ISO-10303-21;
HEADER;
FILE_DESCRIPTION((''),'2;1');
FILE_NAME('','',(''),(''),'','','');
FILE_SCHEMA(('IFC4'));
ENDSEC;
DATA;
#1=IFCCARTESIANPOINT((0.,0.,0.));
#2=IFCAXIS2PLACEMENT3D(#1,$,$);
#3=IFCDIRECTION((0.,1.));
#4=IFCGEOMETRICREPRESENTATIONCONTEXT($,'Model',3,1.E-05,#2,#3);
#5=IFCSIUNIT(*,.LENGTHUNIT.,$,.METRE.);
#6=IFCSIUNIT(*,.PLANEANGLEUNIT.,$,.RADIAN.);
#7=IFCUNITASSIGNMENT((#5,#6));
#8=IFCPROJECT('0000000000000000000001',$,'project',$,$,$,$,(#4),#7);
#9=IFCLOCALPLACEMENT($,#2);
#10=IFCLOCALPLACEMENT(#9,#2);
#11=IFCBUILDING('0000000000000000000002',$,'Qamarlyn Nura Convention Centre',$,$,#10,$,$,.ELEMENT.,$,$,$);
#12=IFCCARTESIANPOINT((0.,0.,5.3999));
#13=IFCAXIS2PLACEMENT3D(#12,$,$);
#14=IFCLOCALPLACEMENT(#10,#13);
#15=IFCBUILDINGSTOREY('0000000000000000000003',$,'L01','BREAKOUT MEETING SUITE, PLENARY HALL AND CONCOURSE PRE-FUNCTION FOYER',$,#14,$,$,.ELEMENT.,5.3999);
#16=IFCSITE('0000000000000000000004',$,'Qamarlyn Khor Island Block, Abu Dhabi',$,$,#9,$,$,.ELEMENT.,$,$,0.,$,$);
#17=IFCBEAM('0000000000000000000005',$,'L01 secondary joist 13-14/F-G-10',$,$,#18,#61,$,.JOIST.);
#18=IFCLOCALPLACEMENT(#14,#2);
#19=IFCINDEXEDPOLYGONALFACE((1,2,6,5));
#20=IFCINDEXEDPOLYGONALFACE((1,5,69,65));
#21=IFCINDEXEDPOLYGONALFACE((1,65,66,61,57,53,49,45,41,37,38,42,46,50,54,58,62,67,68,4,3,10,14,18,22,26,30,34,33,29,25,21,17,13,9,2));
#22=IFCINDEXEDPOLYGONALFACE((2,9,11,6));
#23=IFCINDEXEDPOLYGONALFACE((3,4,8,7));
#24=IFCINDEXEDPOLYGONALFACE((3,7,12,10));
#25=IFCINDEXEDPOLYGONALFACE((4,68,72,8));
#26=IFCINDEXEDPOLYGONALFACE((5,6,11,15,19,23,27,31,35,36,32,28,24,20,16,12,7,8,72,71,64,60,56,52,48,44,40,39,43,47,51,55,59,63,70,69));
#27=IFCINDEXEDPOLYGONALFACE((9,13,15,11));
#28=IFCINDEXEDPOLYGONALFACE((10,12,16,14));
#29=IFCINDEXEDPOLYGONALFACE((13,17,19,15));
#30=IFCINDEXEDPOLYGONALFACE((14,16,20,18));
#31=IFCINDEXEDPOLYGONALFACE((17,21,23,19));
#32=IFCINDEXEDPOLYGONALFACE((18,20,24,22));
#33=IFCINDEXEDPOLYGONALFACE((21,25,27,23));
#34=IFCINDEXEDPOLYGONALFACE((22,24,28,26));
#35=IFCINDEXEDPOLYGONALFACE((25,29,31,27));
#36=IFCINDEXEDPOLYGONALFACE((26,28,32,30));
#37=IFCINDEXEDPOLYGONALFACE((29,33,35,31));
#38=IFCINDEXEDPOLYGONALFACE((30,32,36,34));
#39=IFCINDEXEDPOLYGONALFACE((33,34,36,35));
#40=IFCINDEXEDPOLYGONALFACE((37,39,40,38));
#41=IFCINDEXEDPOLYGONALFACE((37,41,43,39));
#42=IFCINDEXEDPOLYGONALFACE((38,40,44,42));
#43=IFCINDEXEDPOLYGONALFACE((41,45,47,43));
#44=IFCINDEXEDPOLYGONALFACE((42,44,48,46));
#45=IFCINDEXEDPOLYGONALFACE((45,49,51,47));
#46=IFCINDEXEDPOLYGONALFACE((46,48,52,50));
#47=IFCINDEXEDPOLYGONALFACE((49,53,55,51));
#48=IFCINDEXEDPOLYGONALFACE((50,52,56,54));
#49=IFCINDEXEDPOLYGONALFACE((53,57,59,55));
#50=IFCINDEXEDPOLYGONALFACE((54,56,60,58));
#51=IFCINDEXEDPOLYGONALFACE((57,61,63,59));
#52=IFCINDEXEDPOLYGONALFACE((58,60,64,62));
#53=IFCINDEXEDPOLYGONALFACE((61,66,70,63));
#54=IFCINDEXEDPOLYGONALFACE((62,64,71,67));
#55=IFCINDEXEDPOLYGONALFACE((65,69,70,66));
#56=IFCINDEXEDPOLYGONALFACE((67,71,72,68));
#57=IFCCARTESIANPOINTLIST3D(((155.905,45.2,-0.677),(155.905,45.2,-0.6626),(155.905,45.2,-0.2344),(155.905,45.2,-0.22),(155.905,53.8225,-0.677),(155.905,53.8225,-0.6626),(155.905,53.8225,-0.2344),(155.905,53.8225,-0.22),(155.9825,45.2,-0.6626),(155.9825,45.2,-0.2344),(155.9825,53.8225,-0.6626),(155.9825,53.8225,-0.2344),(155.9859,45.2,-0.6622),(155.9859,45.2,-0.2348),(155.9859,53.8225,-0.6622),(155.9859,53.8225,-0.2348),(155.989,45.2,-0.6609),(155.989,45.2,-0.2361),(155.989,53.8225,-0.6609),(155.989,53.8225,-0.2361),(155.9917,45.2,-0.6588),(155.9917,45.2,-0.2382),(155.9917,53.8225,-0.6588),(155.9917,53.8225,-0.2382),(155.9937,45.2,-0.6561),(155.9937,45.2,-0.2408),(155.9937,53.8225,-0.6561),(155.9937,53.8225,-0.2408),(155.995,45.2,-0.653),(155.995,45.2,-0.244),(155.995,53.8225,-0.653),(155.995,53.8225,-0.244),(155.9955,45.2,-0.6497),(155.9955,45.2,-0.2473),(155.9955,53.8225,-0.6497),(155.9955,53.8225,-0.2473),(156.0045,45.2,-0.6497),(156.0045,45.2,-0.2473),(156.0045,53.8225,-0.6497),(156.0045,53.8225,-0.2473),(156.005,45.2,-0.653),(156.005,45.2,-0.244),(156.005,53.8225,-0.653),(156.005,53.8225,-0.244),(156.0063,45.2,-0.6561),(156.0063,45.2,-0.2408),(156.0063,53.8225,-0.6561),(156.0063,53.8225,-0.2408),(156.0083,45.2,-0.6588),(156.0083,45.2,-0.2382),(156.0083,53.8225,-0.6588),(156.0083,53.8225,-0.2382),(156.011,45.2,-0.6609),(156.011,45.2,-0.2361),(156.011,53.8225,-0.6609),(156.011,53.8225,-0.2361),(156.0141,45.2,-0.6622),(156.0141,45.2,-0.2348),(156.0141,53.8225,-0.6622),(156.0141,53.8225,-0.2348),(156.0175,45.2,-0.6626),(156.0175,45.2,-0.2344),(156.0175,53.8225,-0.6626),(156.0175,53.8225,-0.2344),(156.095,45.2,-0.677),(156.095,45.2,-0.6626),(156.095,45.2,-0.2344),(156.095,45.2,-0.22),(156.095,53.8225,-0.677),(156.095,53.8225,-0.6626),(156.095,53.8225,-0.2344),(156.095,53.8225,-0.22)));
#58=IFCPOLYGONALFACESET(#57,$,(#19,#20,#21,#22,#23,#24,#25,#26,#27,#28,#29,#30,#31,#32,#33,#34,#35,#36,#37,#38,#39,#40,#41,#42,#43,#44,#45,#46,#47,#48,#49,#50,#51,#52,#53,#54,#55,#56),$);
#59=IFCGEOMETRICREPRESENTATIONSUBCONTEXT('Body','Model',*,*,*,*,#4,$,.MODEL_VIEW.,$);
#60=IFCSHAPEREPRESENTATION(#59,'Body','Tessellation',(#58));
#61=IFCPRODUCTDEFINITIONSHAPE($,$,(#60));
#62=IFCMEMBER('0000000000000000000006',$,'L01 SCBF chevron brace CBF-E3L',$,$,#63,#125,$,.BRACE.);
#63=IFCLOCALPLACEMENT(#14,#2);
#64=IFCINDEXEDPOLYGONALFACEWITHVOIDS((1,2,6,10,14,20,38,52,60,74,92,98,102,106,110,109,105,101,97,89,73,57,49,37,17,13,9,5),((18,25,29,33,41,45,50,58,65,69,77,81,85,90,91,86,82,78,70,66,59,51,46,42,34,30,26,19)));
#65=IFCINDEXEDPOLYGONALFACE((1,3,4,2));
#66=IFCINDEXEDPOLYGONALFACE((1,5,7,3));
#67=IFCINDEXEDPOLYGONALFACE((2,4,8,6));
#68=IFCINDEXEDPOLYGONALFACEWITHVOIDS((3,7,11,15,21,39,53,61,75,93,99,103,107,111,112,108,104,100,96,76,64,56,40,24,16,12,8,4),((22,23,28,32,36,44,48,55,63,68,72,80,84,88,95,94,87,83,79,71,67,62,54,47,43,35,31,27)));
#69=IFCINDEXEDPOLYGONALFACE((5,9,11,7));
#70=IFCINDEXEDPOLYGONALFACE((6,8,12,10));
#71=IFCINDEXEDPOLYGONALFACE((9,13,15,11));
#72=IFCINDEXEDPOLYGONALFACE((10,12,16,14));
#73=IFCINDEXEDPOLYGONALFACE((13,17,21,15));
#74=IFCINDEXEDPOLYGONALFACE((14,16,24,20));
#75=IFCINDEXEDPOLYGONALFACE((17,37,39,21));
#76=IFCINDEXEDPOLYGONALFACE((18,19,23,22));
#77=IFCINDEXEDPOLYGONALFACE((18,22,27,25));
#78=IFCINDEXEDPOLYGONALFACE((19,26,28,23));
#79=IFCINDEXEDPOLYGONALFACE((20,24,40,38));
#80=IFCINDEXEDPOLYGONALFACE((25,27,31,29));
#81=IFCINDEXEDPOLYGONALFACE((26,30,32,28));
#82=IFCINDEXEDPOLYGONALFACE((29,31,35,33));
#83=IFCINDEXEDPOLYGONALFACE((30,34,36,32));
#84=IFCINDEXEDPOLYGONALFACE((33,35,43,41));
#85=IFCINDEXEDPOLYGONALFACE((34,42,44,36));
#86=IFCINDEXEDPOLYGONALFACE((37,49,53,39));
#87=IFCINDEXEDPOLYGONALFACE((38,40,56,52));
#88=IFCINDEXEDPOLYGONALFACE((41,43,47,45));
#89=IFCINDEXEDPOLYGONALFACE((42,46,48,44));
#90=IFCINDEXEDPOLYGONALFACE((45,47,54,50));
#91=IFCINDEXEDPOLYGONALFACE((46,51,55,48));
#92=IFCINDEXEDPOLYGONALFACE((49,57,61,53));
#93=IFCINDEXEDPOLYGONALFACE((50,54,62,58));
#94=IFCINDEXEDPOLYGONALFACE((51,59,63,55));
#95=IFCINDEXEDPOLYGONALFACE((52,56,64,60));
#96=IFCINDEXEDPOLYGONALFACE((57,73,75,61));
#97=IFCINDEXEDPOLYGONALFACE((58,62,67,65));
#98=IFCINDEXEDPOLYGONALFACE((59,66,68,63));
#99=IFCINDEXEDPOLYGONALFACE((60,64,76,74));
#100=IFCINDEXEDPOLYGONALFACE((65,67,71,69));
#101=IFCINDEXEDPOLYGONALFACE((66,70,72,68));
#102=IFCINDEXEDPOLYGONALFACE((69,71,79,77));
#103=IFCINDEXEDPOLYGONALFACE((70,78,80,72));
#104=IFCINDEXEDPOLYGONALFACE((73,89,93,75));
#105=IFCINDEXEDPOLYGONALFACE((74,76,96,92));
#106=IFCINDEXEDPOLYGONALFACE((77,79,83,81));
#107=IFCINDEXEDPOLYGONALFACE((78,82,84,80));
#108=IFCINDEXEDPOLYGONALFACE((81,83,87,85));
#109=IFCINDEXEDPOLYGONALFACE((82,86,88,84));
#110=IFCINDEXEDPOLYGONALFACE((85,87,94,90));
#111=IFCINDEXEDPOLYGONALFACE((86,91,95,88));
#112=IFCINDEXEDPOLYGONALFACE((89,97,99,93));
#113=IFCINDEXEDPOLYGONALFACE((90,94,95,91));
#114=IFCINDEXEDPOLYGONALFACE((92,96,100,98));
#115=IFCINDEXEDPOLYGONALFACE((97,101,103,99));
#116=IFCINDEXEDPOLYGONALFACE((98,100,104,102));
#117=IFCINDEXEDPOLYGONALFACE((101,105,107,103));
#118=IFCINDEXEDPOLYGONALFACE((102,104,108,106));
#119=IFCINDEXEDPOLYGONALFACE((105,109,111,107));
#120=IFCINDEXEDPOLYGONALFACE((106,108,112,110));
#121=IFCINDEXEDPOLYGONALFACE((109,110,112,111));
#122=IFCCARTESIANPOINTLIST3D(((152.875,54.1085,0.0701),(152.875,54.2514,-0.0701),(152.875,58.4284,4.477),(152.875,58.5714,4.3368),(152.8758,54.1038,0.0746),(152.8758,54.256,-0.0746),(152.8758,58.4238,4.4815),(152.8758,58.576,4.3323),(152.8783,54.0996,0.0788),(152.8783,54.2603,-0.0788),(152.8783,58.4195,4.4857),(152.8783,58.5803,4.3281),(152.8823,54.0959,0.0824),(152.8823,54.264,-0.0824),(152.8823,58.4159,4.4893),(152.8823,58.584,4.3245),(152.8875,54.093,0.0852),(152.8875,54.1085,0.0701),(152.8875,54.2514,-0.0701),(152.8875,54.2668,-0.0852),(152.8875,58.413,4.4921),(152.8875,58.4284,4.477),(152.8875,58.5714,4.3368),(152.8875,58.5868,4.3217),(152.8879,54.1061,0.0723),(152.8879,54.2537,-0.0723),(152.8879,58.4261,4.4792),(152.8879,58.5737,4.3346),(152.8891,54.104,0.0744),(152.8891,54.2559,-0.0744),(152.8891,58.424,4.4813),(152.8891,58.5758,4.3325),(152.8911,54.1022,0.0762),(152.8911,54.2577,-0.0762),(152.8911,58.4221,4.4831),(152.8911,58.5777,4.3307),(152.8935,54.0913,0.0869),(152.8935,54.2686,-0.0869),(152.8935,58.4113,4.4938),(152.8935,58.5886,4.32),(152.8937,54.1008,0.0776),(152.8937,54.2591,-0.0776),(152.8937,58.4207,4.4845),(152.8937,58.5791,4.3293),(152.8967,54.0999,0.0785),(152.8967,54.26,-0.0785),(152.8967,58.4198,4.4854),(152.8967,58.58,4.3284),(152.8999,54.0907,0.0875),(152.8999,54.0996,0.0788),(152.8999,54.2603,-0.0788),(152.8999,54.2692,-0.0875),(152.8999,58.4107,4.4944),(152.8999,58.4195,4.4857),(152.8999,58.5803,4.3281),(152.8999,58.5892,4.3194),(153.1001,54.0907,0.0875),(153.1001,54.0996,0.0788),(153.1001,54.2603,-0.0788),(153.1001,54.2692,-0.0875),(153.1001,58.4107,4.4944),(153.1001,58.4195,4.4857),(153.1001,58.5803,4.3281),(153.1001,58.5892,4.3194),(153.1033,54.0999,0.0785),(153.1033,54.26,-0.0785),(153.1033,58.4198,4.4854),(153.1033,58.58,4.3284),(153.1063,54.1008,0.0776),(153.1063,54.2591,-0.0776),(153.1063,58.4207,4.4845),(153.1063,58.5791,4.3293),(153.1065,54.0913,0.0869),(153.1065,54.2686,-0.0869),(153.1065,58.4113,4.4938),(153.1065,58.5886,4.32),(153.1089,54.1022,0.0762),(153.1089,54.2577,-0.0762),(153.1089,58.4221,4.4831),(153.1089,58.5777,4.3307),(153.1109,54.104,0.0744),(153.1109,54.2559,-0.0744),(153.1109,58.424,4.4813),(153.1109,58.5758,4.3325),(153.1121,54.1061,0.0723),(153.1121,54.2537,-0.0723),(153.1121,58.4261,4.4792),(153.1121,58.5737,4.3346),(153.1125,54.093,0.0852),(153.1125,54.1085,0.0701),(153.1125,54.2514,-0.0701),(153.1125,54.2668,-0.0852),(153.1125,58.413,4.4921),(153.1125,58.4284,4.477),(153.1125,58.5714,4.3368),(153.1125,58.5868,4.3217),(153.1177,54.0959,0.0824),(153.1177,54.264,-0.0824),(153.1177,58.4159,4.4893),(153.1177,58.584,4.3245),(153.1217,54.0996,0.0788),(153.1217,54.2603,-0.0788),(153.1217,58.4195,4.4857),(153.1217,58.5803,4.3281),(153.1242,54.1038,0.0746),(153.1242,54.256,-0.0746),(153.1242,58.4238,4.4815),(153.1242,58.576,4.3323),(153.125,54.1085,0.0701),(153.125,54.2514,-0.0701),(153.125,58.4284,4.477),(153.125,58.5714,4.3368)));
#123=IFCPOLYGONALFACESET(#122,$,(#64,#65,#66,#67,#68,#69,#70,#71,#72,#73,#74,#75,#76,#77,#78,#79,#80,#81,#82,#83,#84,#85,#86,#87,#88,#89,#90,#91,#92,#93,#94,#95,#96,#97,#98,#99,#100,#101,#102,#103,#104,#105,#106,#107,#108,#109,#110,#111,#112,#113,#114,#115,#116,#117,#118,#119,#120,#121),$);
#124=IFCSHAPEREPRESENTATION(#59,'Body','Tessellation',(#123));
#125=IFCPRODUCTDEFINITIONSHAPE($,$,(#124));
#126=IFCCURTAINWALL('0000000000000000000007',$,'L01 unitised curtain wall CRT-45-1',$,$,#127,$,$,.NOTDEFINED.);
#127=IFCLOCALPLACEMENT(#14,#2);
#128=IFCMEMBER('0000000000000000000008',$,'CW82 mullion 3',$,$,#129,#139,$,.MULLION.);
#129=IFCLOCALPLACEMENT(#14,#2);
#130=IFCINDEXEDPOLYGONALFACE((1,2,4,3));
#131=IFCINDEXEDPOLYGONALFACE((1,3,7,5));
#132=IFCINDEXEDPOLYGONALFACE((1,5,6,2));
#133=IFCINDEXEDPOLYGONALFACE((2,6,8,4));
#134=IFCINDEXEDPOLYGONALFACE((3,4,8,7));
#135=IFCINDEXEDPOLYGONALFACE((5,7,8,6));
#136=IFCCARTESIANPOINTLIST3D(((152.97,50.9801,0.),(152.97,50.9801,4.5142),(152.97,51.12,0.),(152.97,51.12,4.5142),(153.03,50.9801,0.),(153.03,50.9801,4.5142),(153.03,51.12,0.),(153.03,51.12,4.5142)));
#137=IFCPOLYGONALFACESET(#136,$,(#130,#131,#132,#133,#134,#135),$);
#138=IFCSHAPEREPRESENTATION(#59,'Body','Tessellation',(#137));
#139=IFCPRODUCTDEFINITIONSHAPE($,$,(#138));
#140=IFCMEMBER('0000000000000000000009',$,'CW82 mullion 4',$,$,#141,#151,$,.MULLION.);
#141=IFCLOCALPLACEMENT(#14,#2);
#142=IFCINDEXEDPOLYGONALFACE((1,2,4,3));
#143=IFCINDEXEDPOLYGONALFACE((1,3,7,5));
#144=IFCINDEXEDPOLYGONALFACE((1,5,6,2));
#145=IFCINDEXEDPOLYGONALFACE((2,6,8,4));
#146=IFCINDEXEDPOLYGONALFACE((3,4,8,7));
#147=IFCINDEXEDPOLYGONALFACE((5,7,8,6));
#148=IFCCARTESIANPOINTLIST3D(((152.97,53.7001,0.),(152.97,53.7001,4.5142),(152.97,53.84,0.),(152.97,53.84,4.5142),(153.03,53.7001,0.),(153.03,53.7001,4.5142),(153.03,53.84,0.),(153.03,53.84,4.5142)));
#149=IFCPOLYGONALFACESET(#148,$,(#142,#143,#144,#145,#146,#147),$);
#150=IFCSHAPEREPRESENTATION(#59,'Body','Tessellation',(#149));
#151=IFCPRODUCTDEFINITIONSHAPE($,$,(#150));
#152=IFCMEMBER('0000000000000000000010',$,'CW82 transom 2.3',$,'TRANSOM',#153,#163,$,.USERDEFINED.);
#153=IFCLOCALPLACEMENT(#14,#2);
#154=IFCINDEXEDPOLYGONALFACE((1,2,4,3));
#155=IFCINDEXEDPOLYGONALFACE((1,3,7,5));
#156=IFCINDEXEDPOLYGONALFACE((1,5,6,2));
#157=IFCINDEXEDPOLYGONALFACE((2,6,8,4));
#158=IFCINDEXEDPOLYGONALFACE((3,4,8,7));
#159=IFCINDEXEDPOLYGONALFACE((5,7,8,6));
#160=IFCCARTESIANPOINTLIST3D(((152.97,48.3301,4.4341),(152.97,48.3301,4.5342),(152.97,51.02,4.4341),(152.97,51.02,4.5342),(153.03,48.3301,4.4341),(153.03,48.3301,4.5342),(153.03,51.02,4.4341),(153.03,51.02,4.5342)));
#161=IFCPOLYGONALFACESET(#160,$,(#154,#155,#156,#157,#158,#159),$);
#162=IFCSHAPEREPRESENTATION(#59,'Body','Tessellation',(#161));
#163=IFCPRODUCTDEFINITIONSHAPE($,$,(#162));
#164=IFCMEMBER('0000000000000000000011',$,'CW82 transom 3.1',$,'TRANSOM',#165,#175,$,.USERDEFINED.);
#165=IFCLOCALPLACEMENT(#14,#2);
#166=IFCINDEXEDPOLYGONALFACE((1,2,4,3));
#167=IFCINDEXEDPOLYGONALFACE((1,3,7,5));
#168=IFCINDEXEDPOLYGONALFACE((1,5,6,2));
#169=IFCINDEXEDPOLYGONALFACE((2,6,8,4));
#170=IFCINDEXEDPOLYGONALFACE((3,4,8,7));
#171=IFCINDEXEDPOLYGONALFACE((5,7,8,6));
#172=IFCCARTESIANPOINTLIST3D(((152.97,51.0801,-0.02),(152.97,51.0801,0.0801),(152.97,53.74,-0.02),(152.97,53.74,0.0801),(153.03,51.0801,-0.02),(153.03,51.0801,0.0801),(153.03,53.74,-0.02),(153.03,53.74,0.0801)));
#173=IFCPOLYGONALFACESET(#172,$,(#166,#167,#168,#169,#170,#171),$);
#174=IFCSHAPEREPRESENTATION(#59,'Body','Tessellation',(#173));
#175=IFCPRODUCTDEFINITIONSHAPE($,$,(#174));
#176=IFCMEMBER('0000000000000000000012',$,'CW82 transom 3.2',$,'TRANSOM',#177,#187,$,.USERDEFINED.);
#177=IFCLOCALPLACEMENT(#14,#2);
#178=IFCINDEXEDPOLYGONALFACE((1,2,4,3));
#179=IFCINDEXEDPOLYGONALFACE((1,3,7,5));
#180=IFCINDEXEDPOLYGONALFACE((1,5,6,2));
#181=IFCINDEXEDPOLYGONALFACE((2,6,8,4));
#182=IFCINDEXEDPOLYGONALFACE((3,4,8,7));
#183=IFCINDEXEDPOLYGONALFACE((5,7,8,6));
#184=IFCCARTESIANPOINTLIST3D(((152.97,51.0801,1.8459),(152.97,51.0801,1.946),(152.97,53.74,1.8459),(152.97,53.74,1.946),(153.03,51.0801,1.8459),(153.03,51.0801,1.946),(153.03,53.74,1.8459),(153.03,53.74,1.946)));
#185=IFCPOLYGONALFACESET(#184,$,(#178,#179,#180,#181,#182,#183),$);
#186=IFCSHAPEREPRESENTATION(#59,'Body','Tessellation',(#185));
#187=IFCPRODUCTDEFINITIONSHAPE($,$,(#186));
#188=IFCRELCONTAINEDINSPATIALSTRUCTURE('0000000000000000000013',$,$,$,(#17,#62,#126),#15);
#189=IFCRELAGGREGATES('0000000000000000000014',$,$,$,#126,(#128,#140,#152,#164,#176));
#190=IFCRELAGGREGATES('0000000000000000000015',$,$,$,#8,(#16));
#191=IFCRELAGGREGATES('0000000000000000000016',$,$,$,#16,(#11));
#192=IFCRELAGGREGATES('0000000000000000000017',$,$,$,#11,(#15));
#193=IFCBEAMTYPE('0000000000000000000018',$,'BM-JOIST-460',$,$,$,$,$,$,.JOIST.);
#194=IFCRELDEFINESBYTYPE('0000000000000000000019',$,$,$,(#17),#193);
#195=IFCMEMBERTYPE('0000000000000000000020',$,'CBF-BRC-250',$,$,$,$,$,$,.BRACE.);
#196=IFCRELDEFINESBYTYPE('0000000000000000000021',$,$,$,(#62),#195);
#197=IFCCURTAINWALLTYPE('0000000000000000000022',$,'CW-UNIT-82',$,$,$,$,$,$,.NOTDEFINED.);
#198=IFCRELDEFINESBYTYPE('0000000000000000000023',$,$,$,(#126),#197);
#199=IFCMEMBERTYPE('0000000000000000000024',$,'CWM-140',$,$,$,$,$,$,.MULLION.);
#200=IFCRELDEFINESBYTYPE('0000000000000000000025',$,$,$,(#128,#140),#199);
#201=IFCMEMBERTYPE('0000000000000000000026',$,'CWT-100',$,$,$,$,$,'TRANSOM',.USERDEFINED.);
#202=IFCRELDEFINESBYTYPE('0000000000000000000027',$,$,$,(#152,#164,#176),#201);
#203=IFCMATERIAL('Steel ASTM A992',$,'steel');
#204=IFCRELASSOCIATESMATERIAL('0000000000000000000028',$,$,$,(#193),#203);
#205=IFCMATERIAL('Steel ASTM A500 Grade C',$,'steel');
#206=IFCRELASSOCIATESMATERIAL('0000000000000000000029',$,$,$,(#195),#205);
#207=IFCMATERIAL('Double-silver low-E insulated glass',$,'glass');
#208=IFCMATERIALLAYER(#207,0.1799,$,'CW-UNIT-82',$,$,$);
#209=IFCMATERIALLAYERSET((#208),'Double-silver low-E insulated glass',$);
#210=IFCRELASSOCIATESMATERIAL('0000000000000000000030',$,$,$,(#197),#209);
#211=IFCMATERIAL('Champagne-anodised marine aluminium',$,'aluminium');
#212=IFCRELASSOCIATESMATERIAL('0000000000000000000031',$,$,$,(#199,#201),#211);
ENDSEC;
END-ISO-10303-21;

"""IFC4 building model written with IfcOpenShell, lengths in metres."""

from ifc_helpers import new_model, si_unit, direction, frame, origin, origin_2d, place, context, subcontext, project, spatial, rectangle, hollow_rectangle, i_section, extrude, material, layer, layer_set, material_profile, profile_set, type_object, element, aggregate, save


model = new_model("IFC4")

# Units and contexts
model_context = context("Model", 3, precision=1e-05, world=origin(), true_north=direction((0.0, 1.0)))
body_context = subcontext(model_context, "Body", "Model", "MODEL_VIEW")
ifc_project = project(units=[si_unit("LENGTHUNIT", "METRE"), si_unit("PLANEANGLEUNIT", "RADIAN")], contexts=[model_context])

# Site, building, storey
site_placement = place(None, origin())
site = spatial("IfcSite", under=ifc_project, at=site_placement, Name="Qamarlyn Khor Island Block, Abu Dhabi", CompositionType="ELEMENT", RefElevation=0.0)
building_placement = place(site_placement, origin())
building = spatial("IfcBuilding", under=site, at=building_placement, Name="Qamarlyn Nura Convention Centre", CompositionType="ELEMENT")
storey_placement = place(building_placement, frame((0.0, 0.0, 5.3999)))
storey = spatial("IfcBuildingStorey", under=building, at=storey_placement, Name="L01", Description="BREAKOUT MEETING SUITE, PLENARY HALL AND CONCOURSE PRE-FUNCTION FOYER", CompositionType="ELEMENT", Elevation=5.3999)

# Shared definitions
ifc_material_1 = material(Name="Steel ASTM A500 Grade C", Category="steel")

# Beam
ifc_material_2 = material(Name="Steel ASTM A992", Category="steel")
ifc_material_profile_1 = material_profile(ifc_material_2, i_section(OverallWidth=0.1899, OverallDepth=0.457, WebThickness=0.009, FlangeThickness=0.0144, FilletRadius=0.0129, at=origin_2d()), Name="W460X74")
ifc_profile_set_1 = profile_set([ifc_material_profile_1], Name="Steel ASTM A992")
beam_type_1 = type_object("IfcBeamType", Name="BM-JOIST-460", PredefinedType="JOIST", material=ifc_profile_set_1)
beam_1_placement = place(storey_placement, frame((156.0, 45.2, -0.4485), z_axis=(0.0, 1.0, 0.0), x_axis=(-1.0, 0.0, 0.0)))
element("IfcBeam", 1, at=beam_1_placement, inside=storey, type_object=beam_type_1, Name="L01 secondary joist 13-14/F-G-10", PredefinedType="JOIST", context=body_context, shape_type="SweptSolid", body=[
    extrude(i_section(OverallWidth=0.1899, OverallDepth=0.457, WebThickness=0.009, FlangeThickness=0.0144, FilletRadius=0.0129, at=origin_2d()), origin(), (0.0, 0.0, 1.0), 8.6226),
])

# Member
ifc_material_profile_2 = material_profile(ifc_material_1, hollow_rectangle(XDim=0.25, YDim=0.25, WallThickness=0.0125, InnerFilletRadius=0.0125, OuterFilletRadius=0.0249, at=origin_2d()), Name="HSS250X250X12.5")
ifc_profile_set_2 = profile_set([ifc_material_profile_2], Name="Steel ASTM A500 Grade C")
member_type_1 = type_object("IfcMemberType", Name="CBF-BRC-250", PredefinedType="BRACE", material=ifc_profile_set_2)
member_1_placement = place(storey_placement, frame((153.0, 54.1799, 0.0), z_axis=(0.0, 0.70003, 0.714114), x_axis=(-1.0, 0.0, 0.0)))
element("IfcMember", 2, at=member_1_placement, inside=storey, type_object=member_type_1, Name="L01 SCBF chevron brace CBF-E3L", PredefinedType="BRACE", context=body_context, shape_type="SweptSolid", body=[
    extrude(hollow_rectangle(XDim=0.25, YDim=0.25, WallThickness=0.0125, InnerFilletRadius=0.0125, OuterFilletRadius=0.0249, at=origin_2d()), origin(), (0.0, 0.0, 1.0), 6.1711),
])

# Curtain wall, members
ifc_material_3 = material(Name="Double-silver low-E insulated glass", Category="glass")
ifc_layer_1 = layer(ifc_material_3, 0.1799, Name="CW-UNIT-82")
ifc_layer_set_1 = layer_set([ifc_layer_1], Name="Double-silver low-E insulated glass")
curtain_wall_type = type_object("IfcCurtainWallType", Name="CW-UNIT-82", PredefinedType="NOTDEFINED", material=ifc_layer_set_1)
curtain_wall_placement = place(storey_placement, origin())
curtain_wall = element("IfcCurtainWall", 3, at=curtain_wall_placement, inside=storey, type_object=curtain_wall_type, Name="L01 unitised curtain wall CRT-45-1", PredefinedType="NOTDEFINED")
ifc_material_4 = material(Name="Champagne-anodised marine aluminium", Category="aluminium")
ifc_material_profile_3 = material_profile(ifc_material_4, rectangle(XDim=0.0601, YDim=0.1399, at=origin_2d()), Name="ALU MULLION 60x140")
ifc_profile_set_3 = profile_set([ifc_material_profile_3], Name="Champagne-anodised marine aluminium")
member_type_2 = type_object("IfcMemberType", Name="CWM-140", PredefinedType="MULLION", material=ifc_profile_set_3)
member_2_placement = place(storey_placement, frame((153.0, 51.05, 0.0), z_axis=(0.0, 0.0, 1.0), x_axis=(-1.0, 0.0, 0.0)))
member_2 = element("IfcMember", 4, at=member_2_placement, type_object=member_type_2, Name="CW82 mullion 3", PredefinedType="MULLION", context=body_context, shape_type="SweptSolid", body=[
    extrude(rectangle(XDim=0.0601, YDim=0.1399, at=origin_2d()), origin(), (0.0, 0.0, 1.0), 4.5142),
])
member_3_placement = place(storey_placement, frame((153.0, 53.77, 0.0), z_axis=(0.0, 0.0, 1.0), x_axis=(-1.0, 0.0, 0.0)))
member_3 = element("IfcMember", 5, at=member_3_placement, type_object=member_type_2, Name="CW82 mullion 4", PredefinedType="MULLION", context=body_context, shape_type="SweptSolid", body=[
    extrude(rectangle(XDim=0.0601, YDim=0.1399, at=origin_2d()), origin(), (0.0, 0.0, 1.0), 4.5142),
])
ifc_material_profile_4 = material_profile(ifc_material_4, rectangle(XDim=0.0601, YDim=0.1001, at=origin_2d()), Name="ALU TRANSOM 60x100")
ifc_profile_set_4 = profile_set([ifc_material_profile_4], Name="Champagne-anodised marine aluminium")
member_type_3 = type_object("IfcMemberType", Name="CWT-100", ElementType="TRANSOM", PredefinedType="USERDEFINED", material=ifc_profile_set_4)
member_4_placement = place(storey_placement, frame((153.0, 48.3301, 4.4841), z_axis=(0.0, 1.0, 0.0), x_axis=(-1.0, 0.0, 0.0)))
member_4 = element("IfcMember", 6, at=member_4_placement, type_object=member_type_3, Name="CW82 transom 2.3", ObjectType="TRANSOM", PredefinedType="USERDEFINED", context=body_context, shape_type="SweptSolid", body=[
    extrude(rectangle(XDim=0.0601, YDim=0.1001, at=origin_2d()), origin(), (0.0, 0.0, 1.0), 2.6899),
])
member_5_placement = place(storey_placement, frame((153.0, 51.0801, 0.03), z_axis=(0.0, 1.0, 0.0), x_axis=(-1.0, 0.0, 0.0)))
member_5 = element("IfcMember", 7, at=member_5_placement, type_object=member_type_3, Name="CW82 transom 3.1", ObjectType="TRANSOM", PredefinedType="USERDEFINED", context=body_context, shape_type="SweptSolid", body=[
    extrude(rectangle(XDim=0.0601, YDim=0.1001, at=origin_2d()), origin(), (0.0, 0.0, 1.0), 2.6599),
])
member_6_placement = place(storey_placement, frame((153.0, 51.0801, 1.896), z_axis=(0.0, 1.0, 0.0), x_axis=(-1.0, 0.0, 0.0)))
member_6 = element("IfcMember", 8, at=member_6_placement, type_object=member_type_3, Name="CW82 transom 3.2", ObjectType="TRANSOM", PredefinedType="USERDEFINED", context=body_context, shape_type="SweptSolid", body=[
    extrude(rectangle(XDim=0.0601, YDim=0.1001, at=origin_2d()), origin(), (0.0, 0.0, 1.0), 2.6599),
])
aggregate(curtain_wall, [member_2, member_3, member_4, member_5, member_6])

save(model, "model.ifc")
